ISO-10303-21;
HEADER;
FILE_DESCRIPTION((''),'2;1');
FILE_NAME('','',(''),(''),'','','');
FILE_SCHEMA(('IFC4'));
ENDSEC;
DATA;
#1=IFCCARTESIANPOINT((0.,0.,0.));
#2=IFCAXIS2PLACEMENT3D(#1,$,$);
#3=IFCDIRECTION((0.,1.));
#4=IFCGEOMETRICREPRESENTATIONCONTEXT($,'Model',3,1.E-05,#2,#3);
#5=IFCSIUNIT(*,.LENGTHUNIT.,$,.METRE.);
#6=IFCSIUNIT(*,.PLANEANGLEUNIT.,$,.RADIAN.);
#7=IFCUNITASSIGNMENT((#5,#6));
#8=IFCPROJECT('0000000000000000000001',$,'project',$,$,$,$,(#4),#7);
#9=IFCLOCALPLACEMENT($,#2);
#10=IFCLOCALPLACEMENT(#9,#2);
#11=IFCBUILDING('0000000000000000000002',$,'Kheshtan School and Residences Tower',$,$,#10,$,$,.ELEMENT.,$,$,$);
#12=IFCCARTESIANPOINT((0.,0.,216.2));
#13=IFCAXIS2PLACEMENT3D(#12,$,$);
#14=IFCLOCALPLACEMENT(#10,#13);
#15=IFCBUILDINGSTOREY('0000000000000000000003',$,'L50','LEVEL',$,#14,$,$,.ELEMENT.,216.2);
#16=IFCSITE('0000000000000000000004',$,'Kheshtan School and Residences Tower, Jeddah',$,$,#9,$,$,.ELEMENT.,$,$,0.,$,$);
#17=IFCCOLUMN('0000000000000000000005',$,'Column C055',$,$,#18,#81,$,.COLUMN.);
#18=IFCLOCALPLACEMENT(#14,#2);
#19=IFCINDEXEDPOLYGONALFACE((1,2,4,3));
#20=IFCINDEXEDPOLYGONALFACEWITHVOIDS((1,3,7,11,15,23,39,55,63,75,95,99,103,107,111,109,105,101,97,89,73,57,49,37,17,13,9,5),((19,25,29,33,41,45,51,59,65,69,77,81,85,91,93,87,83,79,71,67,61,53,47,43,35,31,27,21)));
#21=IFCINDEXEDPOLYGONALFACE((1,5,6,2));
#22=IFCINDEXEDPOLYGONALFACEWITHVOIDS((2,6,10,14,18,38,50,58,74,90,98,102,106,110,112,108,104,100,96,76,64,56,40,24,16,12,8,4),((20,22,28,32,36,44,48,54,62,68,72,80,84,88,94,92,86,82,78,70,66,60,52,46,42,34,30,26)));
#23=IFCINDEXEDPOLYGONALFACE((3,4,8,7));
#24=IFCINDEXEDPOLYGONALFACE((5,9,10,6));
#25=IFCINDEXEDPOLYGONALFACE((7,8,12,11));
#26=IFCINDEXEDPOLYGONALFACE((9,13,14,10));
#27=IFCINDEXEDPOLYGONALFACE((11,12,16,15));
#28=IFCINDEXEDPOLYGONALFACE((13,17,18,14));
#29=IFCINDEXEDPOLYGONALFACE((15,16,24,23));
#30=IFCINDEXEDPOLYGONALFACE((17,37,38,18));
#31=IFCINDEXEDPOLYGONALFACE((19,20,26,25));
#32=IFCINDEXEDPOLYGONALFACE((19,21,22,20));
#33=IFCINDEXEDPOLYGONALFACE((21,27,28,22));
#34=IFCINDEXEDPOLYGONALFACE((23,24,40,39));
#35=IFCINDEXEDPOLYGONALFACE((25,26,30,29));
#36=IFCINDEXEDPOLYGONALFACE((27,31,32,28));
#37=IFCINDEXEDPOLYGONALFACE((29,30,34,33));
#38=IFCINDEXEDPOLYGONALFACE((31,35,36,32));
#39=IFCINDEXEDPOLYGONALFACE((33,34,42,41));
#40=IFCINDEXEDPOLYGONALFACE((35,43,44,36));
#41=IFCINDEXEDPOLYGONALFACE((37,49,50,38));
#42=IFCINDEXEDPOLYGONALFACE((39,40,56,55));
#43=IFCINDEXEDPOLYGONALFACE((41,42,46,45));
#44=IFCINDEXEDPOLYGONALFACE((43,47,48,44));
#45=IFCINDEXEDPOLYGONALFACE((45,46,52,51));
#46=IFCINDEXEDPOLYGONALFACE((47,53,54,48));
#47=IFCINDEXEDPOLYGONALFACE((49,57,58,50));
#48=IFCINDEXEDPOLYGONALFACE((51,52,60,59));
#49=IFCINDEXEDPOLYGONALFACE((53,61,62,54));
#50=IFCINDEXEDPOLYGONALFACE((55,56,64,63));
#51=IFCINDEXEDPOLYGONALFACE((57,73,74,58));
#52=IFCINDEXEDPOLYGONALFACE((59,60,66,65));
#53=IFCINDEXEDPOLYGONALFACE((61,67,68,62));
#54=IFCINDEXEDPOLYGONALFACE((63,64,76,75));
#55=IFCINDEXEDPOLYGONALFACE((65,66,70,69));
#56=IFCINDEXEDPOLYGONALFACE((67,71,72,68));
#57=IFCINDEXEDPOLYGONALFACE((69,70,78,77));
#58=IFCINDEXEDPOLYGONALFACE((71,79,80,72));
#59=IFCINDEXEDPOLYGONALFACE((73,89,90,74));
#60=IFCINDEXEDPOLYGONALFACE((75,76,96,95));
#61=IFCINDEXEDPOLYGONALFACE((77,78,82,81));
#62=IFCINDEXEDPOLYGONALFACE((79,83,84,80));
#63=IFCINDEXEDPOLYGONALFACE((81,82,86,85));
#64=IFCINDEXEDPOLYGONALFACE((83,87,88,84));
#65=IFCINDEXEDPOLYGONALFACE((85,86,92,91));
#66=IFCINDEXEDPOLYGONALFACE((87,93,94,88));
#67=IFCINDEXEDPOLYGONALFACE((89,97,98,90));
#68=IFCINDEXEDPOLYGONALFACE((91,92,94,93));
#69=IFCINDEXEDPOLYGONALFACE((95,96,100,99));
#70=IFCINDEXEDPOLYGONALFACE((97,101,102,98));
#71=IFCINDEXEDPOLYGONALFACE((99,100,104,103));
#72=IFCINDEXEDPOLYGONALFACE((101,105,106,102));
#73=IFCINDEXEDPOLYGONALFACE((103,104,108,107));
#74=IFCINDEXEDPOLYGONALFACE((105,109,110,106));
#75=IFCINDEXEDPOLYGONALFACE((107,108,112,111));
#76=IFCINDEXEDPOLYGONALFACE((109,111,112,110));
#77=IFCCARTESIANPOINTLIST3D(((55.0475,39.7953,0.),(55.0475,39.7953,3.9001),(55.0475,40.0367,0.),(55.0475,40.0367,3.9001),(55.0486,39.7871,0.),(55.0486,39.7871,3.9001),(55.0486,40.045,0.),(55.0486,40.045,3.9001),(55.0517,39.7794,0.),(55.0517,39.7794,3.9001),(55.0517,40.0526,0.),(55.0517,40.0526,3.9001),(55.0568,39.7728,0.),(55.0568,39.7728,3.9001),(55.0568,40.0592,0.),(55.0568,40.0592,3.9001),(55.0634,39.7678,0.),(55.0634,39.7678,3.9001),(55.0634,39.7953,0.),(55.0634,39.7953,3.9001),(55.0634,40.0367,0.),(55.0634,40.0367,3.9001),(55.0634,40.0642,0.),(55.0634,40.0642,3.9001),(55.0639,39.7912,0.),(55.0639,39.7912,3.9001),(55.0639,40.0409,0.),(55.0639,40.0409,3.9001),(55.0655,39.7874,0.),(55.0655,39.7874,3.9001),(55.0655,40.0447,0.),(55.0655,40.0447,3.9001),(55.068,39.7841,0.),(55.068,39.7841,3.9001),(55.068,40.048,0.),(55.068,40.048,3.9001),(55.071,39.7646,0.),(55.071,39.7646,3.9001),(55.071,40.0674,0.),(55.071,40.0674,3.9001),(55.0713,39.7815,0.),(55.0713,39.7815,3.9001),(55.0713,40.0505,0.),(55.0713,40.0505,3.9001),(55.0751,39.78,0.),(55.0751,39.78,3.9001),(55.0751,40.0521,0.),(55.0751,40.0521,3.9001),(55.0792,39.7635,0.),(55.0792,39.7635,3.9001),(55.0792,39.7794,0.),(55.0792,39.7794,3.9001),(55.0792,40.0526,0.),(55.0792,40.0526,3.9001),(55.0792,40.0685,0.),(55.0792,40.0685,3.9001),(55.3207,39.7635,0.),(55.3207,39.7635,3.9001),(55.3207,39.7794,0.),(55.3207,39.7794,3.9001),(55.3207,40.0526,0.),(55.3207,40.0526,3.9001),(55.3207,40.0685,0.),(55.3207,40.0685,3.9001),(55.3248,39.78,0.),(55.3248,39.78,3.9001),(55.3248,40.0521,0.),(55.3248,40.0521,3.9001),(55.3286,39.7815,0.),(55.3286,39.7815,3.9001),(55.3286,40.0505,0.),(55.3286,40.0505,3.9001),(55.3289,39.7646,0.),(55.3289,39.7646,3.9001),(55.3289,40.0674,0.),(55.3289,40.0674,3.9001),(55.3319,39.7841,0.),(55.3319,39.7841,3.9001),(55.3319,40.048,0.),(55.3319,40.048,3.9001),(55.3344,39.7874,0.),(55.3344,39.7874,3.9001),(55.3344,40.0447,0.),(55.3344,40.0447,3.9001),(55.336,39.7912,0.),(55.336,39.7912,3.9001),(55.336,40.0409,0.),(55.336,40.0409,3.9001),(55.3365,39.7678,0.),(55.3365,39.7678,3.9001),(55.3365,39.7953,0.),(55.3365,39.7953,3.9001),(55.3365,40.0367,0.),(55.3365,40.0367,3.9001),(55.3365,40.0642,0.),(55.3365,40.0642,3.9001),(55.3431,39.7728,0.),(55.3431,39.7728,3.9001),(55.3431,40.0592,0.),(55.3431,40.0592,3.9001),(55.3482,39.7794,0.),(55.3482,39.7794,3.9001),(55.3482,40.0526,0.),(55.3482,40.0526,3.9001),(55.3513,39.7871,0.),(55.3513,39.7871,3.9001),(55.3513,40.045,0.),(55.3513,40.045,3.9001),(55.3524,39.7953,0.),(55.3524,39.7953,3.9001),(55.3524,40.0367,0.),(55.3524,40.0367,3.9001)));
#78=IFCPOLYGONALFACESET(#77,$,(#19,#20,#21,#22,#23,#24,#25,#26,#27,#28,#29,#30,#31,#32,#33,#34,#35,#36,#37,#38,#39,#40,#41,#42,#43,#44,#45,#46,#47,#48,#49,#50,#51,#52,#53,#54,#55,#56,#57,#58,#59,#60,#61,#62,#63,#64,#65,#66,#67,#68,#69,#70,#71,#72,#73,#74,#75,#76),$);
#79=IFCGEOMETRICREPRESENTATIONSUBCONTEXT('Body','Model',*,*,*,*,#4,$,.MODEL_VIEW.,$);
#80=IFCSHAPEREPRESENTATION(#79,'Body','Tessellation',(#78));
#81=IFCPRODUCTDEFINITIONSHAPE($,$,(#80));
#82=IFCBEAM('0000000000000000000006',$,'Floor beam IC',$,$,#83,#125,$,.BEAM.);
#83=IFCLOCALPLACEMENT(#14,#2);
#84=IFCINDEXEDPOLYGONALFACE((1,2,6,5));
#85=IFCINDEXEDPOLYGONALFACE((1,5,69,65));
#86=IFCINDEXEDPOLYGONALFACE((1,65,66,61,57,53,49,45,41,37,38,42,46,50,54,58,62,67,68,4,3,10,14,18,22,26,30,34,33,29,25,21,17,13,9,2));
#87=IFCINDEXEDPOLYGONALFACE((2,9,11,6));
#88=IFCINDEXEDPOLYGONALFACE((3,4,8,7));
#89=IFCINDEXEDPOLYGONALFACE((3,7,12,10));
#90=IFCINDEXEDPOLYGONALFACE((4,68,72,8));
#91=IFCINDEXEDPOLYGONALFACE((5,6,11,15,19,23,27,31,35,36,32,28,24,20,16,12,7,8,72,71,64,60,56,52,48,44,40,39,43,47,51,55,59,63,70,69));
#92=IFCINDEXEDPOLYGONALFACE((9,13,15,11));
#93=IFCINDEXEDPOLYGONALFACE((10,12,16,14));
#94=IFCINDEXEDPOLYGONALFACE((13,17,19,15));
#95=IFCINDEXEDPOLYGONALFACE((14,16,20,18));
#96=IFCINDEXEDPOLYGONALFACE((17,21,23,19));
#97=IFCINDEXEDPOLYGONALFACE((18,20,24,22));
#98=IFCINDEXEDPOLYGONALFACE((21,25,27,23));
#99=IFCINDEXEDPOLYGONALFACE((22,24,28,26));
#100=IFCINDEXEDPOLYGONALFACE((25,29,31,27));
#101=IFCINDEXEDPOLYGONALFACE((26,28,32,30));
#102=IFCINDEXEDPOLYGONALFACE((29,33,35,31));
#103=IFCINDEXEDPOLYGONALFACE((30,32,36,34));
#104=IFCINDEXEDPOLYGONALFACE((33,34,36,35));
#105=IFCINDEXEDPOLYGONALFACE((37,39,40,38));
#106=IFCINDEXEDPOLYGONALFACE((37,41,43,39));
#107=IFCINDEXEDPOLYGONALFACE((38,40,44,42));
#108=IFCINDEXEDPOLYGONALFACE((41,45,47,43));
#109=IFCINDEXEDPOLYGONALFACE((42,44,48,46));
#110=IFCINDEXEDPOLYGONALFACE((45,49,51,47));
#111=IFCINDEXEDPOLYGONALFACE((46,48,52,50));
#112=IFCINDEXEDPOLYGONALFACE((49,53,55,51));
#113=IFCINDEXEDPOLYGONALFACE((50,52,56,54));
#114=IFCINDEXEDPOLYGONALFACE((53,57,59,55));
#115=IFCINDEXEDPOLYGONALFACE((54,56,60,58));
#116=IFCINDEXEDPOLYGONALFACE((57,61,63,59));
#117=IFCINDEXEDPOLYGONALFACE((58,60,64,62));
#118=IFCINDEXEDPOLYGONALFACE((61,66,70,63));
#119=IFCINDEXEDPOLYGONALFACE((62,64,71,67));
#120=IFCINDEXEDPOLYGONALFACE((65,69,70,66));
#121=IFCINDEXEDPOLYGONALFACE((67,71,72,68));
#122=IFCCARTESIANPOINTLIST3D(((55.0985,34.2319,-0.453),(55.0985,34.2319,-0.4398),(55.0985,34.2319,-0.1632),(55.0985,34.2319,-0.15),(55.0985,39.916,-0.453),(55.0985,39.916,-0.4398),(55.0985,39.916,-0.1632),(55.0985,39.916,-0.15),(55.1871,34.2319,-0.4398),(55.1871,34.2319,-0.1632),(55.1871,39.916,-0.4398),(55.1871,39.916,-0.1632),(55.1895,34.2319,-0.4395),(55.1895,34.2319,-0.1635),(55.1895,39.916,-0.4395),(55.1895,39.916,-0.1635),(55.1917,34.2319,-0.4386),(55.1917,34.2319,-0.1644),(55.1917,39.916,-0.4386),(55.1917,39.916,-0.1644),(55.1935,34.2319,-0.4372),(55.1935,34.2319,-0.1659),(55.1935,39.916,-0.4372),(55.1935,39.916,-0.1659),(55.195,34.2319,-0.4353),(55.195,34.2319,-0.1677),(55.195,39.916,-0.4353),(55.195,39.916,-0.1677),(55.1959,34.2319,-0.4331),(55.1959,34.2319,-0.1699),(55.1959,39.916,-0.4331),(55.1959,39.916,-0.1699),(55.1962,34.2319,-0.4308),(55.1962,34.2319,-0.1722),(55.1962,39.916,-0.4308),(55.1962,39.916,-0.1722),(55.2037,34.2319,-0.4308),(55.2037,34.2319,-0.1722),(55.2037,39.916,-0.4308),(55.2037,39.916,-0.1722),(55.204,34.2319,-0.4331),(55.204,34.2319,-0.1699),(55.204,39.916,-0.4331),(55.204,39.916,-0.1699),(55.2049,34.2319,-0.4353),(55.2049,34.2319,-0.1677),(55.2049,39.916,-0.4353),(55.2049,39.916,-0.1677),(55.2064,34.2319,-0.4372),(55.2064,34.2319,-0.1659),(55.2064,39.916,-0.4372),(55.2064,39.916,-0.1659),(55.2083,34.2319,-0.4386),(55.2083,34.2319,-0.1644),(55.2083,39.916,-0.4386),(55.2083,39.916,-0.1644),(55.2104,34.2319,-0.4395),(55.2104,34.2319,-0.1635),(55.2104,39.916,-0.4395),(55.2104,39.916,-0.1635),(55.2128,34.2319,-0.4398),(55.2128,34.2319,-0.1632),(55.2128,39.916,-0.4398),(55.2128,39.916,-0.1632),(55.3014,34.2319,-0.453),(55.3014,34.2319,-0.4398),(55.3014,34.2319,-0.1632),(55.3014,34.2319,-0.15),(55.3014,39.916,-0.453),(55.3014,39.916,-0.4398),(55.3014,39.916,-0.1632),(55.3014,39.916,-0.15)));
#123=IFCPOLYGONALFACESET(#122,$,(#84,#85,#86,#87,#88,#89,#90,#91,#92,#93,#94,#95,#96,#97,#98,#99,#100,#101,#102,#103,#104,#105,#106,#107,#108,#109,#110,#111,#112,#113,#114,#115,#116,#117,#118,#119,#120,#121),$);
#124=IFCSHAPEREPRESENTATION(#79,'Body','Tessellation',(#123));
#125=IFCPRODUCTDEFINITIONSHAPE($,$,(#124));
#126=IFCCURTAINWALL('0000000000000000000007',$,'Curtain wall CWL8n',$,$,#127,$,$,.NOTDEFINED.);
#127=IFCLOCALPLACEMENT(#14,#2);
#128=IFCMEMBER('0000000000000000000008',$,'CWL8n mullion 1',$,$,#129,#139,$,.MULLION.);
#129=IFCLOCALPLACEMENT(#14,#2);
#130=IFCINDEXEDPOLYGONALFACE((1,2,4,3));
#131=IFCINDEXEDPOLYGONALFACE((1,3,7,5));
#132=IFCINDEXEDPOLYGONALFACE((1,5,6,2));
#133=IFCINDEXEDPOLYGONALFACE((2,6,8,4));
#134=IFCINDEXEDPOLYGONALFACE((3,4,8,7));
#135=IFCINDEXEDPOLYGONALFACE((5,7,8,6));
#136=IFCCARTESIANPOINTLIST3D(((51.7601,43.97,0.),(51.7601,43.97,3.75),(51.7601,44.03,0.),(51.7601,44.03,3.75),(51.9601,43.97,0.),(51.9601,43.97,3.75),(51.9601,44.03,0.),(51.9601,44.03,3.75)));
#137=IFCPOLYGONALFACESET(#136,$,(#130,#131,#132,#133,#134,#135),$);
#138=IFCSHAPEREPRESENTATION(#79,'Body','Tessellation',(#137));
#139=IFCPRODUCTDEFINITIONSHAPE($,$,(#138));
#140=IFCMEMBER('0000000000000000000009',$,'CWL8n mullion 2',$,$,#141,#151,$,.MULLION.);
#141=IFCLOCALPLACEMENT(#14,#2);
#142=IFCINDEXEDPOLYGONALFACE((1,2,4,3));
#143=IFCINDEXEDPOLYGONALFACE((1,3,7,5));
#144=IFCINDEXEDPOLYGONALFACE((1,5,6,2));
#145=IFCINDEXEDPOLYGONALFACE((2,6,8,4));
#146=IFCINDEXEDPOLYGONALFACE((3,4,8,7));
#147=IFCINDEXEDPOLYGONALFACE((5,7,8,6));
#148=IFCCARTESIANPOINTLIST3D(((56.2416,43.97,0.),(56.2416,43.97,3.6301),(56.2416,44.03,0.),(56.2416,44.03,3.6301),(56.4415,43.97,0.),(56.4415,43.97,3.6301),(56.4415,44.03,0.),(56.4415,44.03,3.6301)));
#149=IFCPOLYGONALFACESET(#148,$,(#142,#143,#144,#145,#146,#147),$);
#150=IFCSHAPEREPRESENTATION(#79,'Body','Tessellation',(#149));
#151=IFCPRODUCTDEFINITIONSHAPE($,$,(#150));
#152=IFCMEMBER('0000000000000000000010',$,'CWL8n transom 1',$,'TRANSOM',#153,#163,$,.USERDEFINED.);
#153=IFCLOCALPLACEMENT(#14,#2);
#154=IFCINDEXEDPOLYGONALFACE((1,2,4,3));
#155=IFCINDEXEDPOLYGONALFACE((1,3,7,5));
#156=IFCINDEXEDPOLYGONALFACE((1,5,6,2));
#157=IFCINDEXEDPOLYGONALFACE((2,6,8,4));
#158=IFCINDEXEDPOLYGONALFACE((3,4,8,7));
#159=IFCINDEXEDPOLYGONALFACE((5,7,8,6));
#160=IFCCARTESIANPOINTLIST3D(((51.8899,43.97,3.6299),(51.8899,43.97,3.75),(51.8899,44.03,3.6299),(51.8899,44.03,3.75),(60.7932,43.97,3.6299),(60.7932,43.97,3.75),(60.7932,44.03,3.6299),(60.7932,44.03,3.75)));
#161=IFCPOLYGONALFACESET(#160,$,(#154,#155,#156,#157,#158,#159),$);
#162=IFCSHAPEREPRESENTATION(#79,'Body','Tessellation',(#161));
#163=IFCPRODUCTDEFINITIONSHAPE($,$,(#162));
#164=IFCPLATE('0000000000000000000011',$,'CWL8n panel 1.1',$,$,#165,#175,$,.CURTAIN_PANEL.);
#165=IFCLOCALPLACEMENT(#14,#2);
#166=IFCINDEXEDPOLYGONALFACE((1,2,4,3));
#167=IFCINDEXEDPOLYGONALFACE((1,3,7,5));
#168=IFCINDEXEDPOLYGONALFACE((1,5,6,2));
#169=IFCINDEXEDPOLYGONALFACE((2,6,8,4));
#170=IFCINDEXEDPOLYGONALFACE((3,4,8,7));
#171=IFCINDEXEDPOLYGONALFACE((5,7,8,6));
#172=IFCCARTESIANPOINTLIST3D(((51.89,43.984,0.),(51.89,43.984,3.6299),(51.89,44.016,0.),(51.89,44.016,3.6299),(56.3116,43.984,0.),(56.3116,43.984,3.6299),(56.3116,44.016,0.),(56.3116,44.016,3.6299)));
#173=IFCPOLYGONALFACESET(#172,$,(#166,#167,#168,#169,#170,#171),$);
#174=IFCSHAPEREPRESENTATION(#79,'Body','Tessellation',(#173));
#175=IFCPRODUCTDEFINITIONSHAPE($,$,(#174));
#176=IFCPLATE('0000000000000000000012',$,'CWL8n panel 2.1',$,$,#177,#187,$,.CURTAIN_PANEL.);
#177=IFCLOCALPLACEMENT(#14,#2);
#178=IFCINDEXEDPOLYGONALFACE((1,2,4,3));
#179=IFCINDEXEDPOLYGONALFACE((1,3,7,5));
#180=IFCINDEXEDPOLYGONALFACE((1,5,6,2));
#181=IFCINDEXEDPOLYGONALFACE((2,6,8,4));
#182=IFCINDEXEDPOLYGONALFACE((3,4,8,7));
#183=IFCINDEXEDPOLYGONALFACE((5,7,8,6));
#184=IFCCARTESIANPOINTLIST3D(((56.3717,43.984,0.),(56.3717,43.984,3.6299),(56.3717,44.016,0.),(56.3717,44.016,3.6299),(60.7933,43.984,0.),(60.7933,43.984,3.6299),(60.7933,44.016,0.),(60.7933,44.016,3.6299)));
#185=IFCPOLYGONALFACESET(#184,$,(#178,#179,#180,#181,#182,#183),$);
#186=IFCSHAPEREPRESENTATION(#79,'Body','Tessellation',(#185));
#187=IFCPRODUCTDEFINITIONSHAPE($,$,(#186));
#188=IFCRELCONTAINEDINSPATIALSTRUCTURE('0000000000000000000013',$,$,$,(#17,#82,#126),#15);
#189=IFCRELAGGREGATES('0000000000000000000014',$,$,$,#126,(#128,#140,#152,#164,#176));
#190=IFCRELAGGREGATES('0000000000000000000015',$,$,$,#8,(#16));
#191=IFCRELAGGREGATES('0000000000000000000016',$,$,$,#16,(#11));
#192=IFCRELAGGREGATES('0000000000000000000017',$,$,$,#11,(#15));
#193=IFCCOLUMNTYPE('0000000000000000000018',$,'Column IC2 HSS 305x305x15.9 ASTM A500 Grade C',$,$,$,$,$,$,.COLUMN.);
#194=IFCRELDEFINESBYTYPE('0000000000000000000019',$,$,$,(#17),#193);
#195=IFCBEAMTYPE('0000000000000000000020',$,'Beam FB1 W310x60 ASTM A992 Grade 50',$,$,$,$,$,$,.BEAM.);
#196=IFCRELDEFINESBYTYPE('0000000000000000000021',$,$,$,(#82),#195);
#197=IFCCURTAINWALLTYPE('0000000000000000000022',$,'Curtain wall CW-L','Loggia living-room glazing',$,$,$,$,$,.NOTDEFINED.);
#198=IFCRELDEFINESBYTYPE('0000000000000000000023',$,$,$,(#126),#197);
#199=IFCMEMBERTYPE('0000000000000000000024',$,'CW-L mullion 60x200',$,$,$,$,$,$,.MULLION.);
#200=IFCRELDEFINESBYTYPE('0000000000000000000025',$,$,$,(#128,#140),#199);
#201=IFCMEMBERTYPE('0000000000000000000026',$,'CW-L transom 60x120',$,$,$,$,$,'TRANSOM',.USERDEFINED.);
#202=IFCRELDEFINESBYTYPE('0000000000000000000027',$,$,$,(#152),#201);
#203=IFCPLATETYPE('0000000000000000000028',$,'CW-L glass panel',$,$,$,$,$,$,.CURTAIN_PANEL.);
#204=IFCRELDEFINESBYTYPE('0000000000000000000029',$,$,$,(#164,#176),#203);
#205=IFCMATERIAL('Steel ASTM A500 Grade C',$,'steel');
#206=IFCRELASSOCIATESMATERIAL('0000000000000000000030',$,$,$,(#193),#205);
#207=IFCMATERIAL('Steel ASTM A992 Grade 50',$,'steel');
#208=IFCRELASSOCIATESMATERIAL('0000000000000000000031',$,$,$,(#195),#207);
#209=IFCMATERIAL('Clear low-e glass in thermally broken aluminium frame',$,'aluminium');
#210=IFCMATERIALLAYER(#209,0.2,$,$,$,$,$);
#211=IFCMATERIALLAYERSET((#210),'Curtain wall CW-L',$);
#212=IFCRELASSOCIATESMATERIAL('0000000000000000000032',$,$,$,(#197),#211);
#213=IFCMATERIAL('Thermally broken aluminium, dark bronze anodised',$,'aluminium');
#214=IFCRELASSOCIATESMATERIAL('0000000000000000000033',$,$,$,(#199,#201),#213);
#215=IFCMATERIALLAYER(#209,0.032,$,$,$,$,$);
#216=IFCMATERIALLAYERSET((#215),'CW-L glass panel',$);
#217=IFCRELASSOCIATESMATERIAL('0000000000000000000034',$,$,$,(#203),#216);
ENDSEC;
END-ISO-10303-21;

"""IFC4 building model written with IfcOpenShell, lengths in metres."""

from ifc_helpers import new_model, si_unit, direction, frame, origin, origin_2d, place, context, subcontext, project, spatial, rectangle, hollow_rectangle, i_section, extrude, material, layer, layer_set, material_profile, profile_set, type_object, element, aggregate, save


model = new_model("IFC4")

# Units and contexts
model_context = context("Model", 3, precision=1e-05, world=origin(), true_north=direction((0.0, 1.0)))
body_context = subcontext(model_context, "Body", "Model", "MODEL_VIEW")
ifc_project = project(units=[si_unit("LENGTHUNIT", "METRE"), si_unit("PLANEANGLEUNIT", "RADIAN")], contexts=[model_context])

# Site, building, storey
site_placement = place(None, origin())
site = spatial("IfcSite", under=ifc_project, at=site_placement, Name="Kheshtan School and Residences Tower, Jeddah", CompositionType="ELEMENT", RefElevation=0.0)
building_placement = place(site_placement, origin())
building = spatial("IfcBuilding", under=site, at=building_placement, Name="Kheshtan School and Residences Tower", CompositionType="ELEMENT")
storey_placement = place(building_placement, frame((0.0, 0.0, 216.2)))
storey = spatial("IfcBuildingStorey", under=building, at=storey_placement, Name="L50", Description="LEVEL", CompositionType="ELEMENT", Elevation=216.2)

# Column
ifc_material_1 = material(Name="Steel ASTM A500 Grade C", Category="steel")
ifc_material_profile_1 = material_profile(ifc_material_1, hollow_rectangle(XDim=0.3049, YDim=0.3049, WallThickness=0.0159, InnerFilletRadius=0.0159, OuterFilletRadius=0.0317, at=origin_2d()), Name="HSS 305x305x15.9")
ifc_profile_set_1 = profile_set([ifc_material_profile_1], Name="Steel ASTM A500 Grade C")
column_type = type_object("IfcColumnType", Name="Column IC2 HSS 305x305x15.9 ASTM A500 Grade C", PredefinedType="COLUMN", material=ifc_profile_set_1)
column_placement = place(storey_placement, frame((55.2, 39.916, 0.0), z_axis=(0.0, 0.0, 1.0), x_axis=(1.0, 0.0, 0.0)))
element("IfcColumn", 1, at=column_placement, inside=storey, type_object=column_type, Name="Column C055", PredefinedType="COLUMN", context=body_context, shape_type="SweptSolid", body=[
    extrude(hollow_rectangle(XDim=0.3049, YDim=0.3049, WallThickness=0.0159, InnerFilletRadius=0.0159, OuterFilletRadius=0.0317, at=origin_2d()), origin(), (0.0, 0.0, 1.0), 3.9001),
])

# Beam
ifc_material_2 = material(Name="Steel ASTM A992 Grade 50", Category="steel")
ifc_material_profile_2 = material_profile(ifc_material_2, i_section(OverallWidth=0.2029, OverallDepth=0.303, WebThickness=0.0076, FlangeThickness=0.0132, FilletRadius=0.009, at=origin_2d()), Name="W310x60")
ifc_profile_set_2 = profile_set([ifc_material_profile_2], Name="Steel ASTM A992 Grade 50")
beam_type = type_object("IfcBeamType", Name="Beam FB1 W310x60 ASTM A992 Grade 50", PredefinedType="BEAM", material=ifc_profile_set_2)
beam_placement = place(storey_placement, frame((55.2, 34.2319, -0.3015), z_axis=(0.0, 1.0, 0.0), x_axis=(-1.0, 0.0, 0.0)))
element("IfcBeam", 2, at=beam_placement, inside=storey, type_object=beam_type, Name="Floor beam IC", PredefinedType="BEAM", context=body_context, shape_type="SweptSolid", body=[
    extrude(i_section(OverallWidth=0.2029, OverallDepth=0.303, WebThickness=0.0076, FlangeThickness=0.0132, FilletRadius=0.009, at=origin_2d()), origin(), (0.0, 0.0, 1.0), 5.6841),
])

# Curtain wall, members, plates
ifc_material_3 = material(Name="Clear low-e glass in thermally broken aluminium frame", Category="aluminium")
ifc_layer_1 = layer(ifc_material_3, 0.2)
ifc_layer_set_1 = layer_set([ifc_layer_1], Name="Curtain wall CW-L")
curtain_wall_type = type_object("IfcCurtainWallType", Name="Curtain wall CW-L", Description="Loggia living-room glazing", PredefinedType="NOTDEFINED", material=ifc_layer_set_1)
curtain_wall_placement = place(storey_placement, origin())
curtain_wall = element("IfcCurtainWall", 3, at=curtain_wall_placement, inside=storey, type_object=curtain_wall_type, Name="Curtain wall CWL8n", PredefinedType="NOTDEFINED")
ifc_material_4 = material(Name="Thermally broken aluminium, dark bronze anodised", Category="aluminium")
ifc_material_profile_3 = material_profile(ifc_material_4, rectangle(XDim=0.0601, YDim=0.2, at=origin_2d()), Name="CW-L mullion 60x200")
ifc_profile_set_3 = profile_set([ifc_material_profile_3], Name="Thermally broken aluminium, dark bronze anodised")
member_type_1 = type_object("IfcMemberType", Name="CW-L mullion 60x200", PredefinedType="MULLION", material=ifc_profile_set_3)
member_1_placement = place(storey_placement, frame((51.8601, 44.0, 0.0), z_axis=(0.0, 0.0, 1.0), x_axis=(0.0, 1.0, 0.0)))
member_1 = element("IfcMember", 4, at=member_1_placement, type_object=member_type_1, Name="CWL8n mullion 1", PredefinedType="MULLION", context=body_context, shape_type="SweptSolid", body=[
    extrude(rectangle(XDim=0.0601, YDim=0.2, at=origin_2d()), origin(), (0.0, 0.0, 1.0), 3.75),
])
member_2_placement = place(storey_placement, frame((56.3416, 44.0, 0.0), z_axis=(0.0, 0.0, 1.0), x_axis=(0.0, 1.0, 0.0)))
member_2 = element("IfcMember", 5, at=member_2_placement, type_object=member_type_1, Name="CWL8n mullion 2", PredefinedType="MULLION", context=body_context, shape_type="SweptSolid", body=[
    extrude(rectangle(XDim=0.0601, YDim=0.2, at=origin_2d()), origin(), (0.0, 0.0, 1.0), 3.6301),
])
ifc_material_profile_4 = material_profile(ifc_material_4, rectangle(XDim=0.0601, YDim=0.1201, at=origin_2d()), Name="CW-L transom 60x120")
ifc_profile_set_4 = profile_set([ifc_material_profile_4], Name="Thermally broken aluminium, dark bronze anodised")
member_type_2 = type_object("IfcMemberType", Name="CW-L transom 60x120", ElementType="TRANSOM", PredefinedType="USERDEFINED", material=ifc_profile_set_4)
member_3_placement = place(storey_placement, frame((51.8899, 44.0, 3.6899), z_axis=(1.0, 0.0, 0.0), x_axis=(0.0, 1.0, 0.0)))
member_3 = element("IfcMember", 6, at=member_3_placement, type_object=member_type_2, Name="CWL8n transom 1", ObjectType="TRANSOM", PredefinedType="USERDEFINED", context=body_context, shape_type="SweptSolid", body=[
    extrude(rectangle(XDim=0.0601, YDim=0.1201, at=origin_2d()), origin(), (0.0, 0.0, 1.0), 8.9033),
])
ifc_layer_2 = layer(ifc_material_3, 0.032)
ifc_layer_set_2 = layer_set([ifc_layer_2], Name="CW-L glass panel")
plate_type = type_object("IfcPlateType", Name="CW-L glass panel", PredefinedType="CURTAIN_PANEL", material=ifc_layer_set_2)
plate_1_placement = place(storey_placement, frame((54.1008, 44.0, 0.0), z_axis=(0.0, 0.0, 1.0), x_axis=(1.0, 0.0, 0.0)))
plate_1 = element("IfcPlate", 7, at=plate_1_placement, type_object=plate_type, Name="CWL8n panel 1.1", PredefinedType="CURTAIN_PANEL", context=body_context, shape_type="SweptSolid", body=[
    extrude(rectangle(XDim=4.4216, YDim=0.032, at=origin_2d()), origin(), (0.0, 0.0, 1.0), 3.6299),
])
plate_2_placement = place(storey_placement, frame((58.5825, 44.0, 0.0), z_axis=(0.0, 0.0, 1.0), x_axis=(1.0, 0.0, 0.0)))
plate_2 = element("IfcPlate", 8, at=plate_2_placement, type_object=plate_type, Name="CWL8n panel 2.1", PredefinedType="CURTAIN_PANEL", context=body_context, shape_type="SweptSolid", body=[
    extrude(rectangle(XDim=4.4216, YDim=0.032, at=origin_2d()), origin(), (0.0, 0.0, 1.0), 3.6299),
])
aggregate(curtain_wall, [member_1, member_2, member_3, plate_1, plate_2])

save(model, "model.ifc")
